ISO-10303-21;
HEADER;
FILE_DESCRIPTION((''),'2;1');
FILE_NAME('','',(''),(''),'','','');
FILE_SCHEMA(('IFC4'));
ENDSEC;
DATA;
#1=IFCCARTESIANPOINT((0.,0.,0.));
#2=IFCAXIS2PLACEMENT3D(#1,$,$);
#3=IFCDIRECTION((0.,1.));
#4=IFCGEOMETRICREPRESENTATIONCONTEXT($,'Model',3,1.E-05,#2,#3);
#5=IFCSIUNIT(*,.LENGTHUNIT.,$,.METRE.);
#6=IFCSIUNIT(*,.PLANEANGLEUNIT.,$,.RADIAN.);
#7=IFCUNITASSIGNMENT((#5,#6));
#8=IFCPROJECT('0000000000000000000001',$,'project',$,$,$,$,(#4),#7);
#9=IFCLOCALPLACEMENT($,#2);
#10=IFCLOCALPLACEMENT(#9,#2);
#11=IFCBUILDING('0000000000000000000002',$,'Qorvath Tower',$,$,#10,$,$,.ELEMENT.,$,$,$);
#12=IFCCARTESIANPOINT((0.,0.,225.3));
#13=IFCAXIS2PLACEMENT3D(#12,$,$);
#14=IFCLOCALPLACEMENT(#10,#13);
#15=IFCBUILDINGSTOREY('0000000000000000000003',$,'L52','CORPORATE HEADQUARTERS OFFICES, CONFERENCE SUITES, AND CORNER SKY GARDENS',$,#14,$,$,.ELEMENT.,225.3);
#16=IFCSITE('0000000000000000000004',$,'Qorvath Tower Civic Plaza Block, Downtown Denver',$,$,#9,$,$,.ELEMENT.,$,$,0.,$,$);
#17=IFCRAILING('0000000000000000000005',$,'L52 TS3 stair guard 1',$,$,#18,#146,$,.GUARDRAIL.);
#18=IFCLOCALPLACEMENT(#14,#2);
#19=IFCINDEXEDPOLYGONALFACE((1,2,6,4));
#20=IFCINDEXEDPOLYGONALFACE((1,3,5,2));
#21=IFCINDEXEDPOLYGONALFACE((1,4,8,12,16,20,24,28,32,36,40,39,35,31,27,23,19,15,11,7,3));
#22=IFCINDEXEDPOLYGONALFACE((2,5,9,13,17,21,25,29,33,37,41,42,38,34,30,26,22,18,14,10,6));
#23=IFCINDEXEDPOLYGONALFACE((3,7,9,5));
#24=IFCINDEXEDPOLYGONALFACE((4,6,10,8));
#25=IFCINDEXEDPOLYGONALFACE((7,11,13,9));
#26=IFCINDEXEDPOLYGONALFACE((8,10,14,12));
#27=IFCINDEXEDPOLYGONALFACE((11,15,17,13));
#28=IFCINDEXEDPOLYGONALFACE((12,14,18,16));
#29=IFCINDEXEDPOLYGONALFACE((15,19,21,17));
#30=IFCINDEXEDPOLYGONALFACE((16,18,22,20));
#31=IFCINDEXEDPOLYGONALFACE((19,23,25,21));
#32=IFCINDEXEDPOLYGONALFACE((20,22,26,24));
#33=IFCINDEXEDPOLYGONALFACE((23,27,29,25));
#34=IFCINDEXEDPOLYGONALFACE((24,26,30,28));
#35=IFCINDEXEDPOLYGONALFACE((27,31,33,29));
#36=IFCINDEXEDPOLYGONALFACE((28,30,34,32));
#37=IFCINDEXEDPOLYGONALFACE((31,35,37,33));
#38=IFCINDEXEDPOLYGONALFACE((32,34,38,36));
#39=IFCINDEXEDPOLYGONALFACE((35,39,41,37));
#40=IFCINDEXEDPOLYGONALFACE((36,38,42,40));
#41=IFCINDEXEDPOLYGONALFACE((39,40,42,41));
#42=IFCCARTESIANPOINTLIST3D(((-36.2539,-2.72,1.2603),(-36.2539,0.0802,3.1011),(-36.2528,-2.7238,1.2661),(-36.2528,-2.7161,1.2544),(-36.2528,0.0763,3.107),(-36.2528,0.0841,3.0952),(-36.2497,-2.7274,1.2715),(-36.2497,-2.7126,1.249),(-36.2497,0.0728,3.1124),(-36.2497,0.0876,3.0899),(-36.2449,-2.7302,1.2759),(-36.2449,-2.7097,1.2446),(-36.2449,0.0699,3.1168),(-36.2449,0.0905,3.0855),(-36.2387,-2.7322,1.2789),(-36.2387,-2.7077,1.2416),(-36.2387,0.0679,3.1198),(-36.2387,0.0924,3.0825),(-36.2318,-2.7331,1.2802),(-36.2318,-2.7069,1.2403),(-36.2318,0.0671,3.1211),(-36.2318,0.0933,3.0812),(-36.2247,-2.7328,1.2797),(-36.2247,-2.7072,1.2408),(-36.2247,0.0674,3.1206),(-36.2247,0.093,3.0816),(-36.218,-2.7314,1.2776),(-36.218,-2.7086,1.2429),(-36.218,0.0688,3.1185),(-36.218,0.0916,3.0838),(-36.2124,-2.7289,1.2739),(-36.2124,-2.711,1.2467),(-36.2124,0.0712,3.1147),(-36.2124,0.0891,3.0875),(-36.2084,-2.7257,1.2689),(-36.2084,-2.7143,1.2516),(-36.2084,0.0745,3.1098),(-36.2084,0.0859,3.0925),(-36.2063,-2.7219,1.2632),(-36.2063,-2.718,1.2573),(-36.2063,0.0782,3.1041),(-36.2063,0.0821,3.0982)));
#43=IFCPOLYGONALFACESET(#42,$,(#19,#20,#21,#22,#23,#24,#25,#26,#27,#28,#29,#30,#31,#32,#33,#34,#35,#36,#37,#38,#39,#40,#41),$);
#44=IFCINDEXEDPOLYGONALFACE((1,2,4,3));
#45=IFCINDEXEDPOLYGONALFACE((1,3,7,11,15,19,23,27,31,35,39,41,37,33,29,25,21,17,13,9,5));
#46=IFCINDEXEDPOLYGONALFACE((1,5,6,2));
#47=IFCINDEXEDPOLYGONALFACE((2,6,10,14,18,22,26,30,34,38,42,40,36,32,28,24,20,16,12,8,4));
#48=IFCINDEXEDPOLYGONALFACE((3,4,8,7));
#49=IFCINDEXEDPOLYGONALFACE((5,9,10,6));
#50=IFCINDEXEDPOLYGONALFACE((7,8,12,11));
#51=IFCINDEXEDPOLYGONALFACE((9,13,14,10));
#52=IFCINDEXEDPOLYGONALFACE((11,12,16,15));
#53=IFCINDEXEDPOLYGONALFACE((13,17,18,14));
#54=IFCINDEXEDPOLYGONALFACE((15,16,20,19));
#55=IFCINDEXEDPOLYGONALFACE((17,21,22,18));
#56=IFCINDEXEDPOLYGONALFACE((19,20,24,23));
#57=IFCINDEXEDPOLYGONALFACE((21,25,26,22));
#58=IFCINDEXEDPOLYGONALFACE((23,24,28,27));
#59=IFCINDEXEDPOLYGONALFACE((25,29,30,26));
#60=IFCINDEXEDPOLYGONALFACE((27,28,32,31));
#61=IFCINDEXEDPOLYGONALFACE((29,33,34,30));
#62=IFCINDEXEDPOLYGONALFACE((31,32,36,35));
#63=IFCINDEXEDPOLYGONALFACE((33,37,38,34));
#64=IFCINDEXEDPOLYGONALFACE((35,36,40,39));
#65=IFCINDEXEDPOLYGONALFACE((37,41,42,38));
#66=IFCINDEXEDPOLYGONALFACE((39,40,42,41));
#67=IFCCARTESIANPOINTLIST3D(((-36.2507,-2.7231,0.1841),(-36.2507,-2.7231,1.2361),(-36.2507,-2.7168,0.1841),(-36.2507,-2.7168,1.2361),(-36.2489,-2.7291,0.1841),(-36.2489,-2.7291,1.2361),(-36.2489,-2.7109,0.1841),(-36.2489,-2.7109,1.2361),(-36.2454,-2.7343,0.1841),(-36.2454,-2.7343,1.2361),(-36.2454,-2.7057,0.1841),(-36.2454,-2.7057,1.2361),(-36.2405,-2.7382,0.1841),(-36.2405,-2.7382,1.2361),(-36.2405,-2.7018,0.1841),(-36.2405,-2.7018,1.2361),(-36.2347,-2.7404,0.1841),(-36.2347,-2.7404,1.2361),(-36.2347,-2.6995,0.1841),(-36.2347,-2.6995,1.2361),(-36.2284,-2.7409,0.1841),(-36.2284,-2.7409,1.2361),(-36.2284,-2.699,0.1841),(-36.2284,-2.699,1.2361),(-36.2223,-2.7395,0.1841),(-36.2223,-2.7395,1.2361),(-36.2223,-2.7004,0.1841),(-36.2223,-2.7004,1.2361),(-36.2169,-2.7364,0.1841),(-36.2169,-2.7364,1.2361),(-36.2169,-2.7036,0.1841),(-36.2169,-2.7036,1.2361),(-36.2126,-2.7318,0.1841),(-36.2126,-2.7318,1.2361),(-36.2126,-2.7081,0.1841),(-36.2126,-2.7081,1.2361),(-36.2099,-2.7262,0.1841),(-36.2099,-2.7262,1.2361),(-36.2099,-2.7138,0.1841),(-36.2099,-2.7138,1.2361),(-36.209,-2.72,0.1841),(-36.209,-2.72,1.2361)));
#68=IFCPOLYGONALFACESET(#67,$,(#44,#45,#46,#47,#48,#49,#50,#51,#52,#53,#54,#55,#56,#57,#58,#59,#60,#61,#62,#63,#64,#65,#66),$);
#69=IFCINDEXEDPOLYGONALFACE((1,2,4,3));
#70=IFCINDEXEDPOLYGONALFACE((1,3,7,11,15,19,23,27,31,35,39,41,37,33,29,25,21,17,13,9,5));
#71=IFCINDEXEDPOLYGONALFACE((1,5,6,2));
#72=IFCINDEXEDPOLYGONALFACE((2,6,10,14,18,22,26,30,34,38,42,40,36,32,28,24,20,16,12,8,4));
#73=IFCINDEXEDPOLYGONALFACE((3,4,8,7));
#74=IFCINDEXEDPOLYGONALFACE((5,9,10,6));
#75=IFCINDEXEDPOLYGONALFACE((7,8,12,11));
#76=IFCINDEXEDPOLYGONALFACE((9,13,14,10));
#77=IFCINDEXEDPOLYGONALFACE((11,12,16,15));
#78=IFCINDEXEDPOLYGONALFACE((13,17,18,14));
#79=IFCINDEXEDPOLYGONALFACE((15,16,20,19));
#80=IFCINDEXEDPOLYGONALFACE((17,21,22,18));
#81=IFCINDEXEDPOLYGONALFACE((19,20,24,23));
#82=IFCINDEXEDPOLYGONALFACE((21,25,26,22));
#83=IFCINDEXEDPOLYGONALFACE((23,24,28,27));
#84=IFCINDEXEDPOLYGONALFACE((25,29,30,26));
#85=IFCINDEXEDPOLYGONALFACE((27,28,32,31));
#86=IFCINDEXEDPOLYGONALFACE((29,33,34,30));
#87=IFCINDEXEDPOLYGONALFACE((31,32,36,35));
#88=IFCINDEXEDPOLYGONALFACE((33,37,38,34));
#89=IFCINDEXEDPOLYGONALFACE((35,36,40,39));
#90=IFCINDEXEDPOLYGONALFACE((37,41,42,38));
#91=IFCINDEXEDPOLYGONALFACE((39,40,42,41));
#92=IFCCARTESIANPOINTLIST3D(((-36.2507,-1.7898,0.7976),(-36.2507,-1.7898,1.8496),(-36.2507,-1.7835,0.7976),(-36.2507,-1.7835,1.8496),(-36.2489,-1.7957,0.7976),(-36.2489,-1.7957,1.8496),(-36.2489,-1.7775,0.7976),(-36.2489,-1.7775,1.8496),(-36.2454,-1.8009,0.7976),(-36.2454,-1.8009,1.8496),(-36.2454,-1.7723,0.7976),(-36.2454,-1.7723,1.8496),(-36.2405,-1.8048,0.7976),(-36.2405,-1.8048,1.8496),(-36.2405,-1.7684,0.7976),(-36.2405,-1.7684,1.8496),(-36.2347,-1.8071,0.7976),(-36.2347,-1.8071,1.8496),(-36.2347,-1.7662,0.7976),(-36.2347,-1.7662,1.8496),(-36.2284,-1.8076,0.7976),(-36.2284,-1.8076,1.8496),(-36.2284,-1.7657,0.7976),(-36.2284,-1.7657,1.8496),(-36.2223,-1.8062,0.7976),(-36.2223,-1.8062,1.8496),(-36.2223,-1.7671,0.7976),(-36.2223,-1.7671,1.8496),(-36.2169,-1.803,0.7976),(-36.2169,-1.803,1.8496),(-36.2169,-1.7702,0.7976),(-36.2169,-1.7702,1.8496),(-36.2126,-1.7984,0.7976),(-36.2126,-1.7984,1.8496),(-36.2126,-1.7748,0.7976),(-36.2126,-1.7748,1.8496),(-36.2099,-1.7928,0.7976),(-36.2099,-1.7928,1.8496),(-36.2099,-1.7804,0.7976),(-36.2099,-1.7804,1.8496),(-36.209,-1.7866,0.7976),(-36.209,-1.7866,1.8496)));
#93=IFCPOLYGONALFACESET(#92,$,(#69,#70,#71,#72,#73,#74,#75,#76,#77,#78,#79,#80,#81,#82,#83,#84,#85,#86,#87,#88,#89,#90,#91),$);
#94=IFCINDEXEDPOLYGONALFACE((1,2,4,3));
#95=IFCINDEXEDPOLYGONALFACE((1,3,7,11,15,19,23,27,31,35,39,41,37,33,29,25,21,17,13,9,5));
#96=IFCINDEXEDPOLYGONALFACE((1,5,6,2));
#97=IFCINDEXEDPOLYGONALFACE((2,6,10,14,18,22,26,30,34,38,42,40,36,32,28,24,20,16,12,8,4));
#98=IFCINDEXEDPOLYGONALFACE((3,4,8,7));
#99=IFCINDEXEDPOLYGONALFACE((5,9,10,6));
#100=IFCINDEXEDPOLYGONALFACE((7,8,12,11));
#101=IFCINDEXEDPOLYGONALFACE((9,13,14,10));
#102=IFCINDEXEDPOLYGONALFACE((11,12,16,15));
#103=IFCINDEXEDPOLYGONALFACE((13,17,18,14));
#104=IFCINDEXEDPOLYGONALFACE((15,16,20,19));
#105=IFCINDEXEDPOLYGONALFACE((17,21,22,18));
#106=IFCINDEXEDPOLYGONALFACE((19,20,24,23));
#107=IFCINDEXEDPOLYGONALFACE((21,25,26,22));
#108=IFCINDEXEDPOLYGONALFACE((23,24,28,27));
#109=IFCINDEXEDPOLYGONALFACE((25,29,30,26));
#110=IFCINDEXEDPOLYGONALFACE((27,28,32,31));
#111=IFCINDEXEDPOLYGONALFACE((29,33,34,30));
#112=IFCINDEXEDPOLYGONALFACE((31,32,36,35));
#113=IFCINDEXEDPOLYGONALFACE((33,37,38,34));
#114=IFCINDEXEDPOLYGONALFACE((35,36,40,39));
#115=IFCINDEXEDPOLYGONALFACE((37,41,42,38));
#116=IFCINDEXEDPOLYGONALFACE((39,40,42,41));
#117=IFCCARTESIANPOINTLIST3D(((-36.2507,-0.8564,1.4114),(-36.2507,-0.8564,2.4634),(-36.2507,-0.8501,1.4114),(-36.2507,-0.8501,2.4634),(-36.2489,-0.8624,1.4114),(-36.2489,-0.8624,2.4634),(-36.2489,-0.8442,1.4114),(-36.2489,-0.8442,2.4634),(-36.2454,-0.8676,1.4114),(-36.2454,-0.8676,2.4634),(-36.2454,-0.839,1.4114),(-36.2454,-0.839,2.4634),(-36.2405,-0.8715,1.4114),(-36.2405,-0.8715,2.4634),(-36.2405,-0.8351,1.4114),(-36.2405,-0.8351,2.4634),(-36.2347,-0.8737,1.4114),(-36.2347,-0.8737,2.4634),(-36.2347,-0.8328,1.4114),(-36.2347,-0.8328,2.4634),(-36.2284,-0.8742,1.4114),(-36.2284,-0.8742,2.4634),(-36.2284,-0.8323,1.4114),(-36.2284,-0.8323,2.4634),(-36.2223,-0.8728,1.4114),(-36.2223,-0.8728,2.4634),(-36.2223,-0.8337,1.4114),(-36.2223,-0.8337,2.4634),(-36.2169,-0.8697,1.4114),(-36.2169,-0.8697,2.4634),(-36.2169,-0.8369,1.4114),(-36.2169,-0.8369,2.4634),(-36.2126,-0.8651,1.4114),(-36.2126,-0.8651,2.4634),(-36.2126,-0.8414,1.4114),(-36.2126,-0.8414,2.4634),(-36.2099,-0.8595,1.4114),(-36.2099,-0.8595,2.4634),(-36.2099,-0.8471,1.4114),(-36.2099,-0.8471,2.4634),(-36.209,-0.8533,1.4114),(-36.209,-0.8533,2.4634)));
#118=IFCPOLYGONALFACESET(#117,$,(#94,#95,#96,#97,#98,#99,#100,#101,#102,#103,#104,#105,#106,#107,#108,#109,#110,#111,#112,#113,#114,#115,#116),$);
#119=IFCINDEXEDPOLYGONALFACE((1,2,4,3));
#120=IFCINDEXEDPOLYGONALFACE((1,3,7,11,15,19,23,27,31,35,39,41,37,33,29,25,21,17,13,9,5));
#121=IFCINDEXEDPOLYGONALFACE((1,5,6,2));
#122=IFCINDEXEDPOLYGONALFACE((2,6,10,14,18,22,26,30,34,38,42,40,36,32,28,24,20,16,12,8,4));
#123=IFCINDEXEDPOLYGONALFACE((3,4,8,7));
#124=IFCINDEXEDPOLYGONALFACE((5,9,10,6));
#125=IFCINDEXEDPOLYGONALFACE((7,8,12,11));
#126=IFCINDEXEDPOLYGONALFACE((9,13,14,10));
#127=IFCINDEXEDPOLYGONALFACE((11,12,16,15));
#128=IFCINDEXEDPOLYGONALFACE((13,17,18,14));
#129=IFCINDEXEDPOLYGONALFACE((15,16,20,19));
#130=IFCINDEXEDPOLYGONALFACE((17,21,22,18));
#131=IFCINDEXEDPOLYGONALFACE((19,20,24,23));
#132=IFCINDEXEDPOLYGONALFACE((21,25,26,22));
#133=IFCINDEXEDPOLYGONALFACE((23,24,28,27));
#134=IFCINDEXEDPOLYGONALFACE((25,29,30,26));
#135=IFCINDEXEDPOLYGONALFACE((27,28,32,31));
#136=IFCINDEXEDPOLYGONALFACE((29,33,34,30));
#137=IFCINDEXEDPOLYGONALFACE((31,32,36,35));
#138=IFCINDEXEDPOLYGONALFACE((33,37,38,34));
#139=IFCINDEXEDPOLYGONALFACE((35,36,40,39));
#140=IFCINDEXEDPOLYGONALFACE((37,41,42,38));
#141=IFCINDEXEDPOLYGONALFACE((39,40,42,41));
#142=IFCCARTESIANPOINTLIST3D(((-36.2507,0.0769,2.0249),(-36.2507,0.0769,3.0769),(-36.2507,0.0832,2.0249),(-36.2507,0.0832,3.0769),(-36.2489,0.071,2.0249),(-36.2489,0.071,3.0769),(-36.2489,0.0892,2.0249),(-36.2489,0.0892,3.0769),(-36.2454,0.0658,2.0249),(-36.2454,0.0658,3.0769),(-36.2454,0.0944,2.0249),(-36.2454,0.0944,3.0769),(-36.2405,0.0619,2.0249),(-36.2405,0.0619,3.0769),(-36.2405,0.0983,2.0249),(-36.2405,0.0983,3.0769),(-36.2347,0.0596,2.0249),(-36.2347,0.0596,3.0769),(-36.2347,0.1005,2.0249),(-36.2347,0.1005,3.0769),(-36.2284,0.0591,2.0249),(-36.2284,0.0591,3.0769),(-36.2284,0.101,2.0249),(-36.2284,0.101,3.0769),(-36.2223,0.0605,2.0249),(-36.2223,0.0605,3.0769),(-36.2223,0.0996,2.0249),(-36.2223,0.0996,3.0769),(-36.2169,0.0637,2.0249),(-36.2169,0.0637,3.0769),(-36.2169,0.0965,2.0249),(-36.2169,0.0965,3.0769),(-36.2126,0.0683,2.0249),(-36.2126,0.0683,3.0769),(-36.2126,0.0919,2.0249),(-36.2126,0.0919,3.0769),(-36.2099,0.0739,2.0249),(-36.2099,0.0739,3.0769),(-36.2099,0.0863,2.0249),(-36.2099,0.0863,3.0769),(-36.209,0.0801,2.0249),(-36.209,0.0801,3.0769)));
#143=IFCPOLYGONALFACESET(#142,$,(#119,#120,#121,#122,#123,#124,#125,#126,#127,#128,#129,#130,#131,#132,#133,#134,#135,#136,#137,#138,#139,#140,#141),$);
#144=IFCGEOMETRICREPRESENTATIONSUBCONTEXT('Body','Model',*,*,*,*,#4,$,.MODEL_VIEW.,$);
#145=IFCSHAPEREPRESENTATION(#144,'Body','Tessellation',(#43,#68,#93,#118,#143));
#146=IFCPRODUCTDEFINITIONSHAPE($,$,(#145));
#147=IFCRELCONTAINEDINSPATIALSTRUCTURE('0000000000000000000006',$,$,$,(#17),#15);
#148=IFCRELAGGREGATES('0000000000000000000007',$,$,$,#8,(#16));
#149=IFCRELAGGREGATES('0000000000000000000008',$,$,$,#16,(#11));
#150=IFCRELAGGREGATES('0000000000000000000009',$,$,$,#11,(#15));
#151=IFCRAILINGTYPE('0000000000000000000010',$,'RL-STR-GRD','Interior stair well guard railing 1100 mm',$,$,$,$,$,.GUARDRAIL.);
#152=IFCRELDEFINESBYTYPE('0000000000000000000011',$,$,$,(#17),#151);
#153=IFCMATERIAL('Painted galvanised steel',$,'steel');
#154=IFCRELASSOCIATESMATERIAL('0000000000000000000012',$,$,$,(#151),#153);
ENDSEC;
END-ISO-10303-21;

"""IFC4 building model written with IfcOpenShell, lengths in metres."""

from ifc_helpers import new_model, si_unit, direction, frame, origin, origin_2d, place, context, subcontext, project, spatial, circle, extrude, material, type_object, element, save


model = new_model("IFC4")

# Units and contexts
model_context = context("Model", 3, precision=1e-05, world=origin(), true_north=direction((0.0, 1.0)))
body_context = subcontext(model_context, "Body", "Model", "MODEL_VIEW")
ifc_project = project(units=[si_unit("LENGTHUNIT", "METRE"), si_unit("PLANEANGLEUNIT", "RADIAN")], contexts=[model_context])

# Site, building, storey
site_placement = place(None, origin())
site = spatial("IfcSite", under=ifc_project, at=site_placement, Name="Qorvath Tower Civic Plaza Block, Downtown Denver", CompositionType="ELEMENT", RefElevation=0.0)
building_placement = place(site_placement, origin())
building = spatial("IfcBuilding", under=site, at=building_placement, Name="Qorvath Tower", CompositionType="ELEMENT")
storey_placement = place(building_placement, frame((0.0, 0.0, 225.3)))
storey = spatial("IfcBuildingStorey", under=building, at=storey_placement, Name="L52", Description="CORPORATE HEADQUARTERS OFFICES, CONFERENCE SUITES, AND CORNER SKY GARDENS", CompositionType="ELEMENT", Elevation=225.3)

# Railing
ifc_material_1 = material(Name="Painted galvanised steel", Category="steel")
railing_type_1 = type_object("IfcRailingType", Name="RL-STR-GRD", Description="Interior stair well guard railing 1100 mm", PredefinedType="GUARDRAIL", material=ifc_material_1)
railing_1_placement = place(storey_placement, frame((-36.23, -2.72, 0.1841)))
element("IfcRailing", 1, at=railing_1_placement, inside=storey, type_object=railing_type_1, Name="L52 TS3 stair guard 1", PredefinedType="GUARDRAIL", context=body_context, shape_type="SweptSolid", body=[
    extrude(circle(Radius=0.0239, at=origin_2d()), frame((0.0, 0.0, 1.0762), z_axis=(0.0, 0.835598, 0.549342), x_axis=(-1.0, 0.0, 0.0)), (0.0, 0.0, 1.0), 3.3511),
    extrude(circle(Radius=0.021, at=origin_2d()), origin(), (0.0, 0.0, 1.0), 1.052),
    extrude(circle(Radius=0.021, at=origin_2d()), frame((0.0, 0.9333, 0.6135)), (0.0, 0.0, 1.0), 1.052),
    extrude(circle(Radius=0.021, at=origin_2d()), frame((0.0, 1.8667, 1.2273)), (0.0, 0.0, 1.0), 1.052),
    extrude(circle(Radius=0.021, at=origin_2d()), frame((0.0, 2.8, 1.8408)), (0.0, 0.0, 1.0), 1.052),
])

save(model, "model.ifc")
